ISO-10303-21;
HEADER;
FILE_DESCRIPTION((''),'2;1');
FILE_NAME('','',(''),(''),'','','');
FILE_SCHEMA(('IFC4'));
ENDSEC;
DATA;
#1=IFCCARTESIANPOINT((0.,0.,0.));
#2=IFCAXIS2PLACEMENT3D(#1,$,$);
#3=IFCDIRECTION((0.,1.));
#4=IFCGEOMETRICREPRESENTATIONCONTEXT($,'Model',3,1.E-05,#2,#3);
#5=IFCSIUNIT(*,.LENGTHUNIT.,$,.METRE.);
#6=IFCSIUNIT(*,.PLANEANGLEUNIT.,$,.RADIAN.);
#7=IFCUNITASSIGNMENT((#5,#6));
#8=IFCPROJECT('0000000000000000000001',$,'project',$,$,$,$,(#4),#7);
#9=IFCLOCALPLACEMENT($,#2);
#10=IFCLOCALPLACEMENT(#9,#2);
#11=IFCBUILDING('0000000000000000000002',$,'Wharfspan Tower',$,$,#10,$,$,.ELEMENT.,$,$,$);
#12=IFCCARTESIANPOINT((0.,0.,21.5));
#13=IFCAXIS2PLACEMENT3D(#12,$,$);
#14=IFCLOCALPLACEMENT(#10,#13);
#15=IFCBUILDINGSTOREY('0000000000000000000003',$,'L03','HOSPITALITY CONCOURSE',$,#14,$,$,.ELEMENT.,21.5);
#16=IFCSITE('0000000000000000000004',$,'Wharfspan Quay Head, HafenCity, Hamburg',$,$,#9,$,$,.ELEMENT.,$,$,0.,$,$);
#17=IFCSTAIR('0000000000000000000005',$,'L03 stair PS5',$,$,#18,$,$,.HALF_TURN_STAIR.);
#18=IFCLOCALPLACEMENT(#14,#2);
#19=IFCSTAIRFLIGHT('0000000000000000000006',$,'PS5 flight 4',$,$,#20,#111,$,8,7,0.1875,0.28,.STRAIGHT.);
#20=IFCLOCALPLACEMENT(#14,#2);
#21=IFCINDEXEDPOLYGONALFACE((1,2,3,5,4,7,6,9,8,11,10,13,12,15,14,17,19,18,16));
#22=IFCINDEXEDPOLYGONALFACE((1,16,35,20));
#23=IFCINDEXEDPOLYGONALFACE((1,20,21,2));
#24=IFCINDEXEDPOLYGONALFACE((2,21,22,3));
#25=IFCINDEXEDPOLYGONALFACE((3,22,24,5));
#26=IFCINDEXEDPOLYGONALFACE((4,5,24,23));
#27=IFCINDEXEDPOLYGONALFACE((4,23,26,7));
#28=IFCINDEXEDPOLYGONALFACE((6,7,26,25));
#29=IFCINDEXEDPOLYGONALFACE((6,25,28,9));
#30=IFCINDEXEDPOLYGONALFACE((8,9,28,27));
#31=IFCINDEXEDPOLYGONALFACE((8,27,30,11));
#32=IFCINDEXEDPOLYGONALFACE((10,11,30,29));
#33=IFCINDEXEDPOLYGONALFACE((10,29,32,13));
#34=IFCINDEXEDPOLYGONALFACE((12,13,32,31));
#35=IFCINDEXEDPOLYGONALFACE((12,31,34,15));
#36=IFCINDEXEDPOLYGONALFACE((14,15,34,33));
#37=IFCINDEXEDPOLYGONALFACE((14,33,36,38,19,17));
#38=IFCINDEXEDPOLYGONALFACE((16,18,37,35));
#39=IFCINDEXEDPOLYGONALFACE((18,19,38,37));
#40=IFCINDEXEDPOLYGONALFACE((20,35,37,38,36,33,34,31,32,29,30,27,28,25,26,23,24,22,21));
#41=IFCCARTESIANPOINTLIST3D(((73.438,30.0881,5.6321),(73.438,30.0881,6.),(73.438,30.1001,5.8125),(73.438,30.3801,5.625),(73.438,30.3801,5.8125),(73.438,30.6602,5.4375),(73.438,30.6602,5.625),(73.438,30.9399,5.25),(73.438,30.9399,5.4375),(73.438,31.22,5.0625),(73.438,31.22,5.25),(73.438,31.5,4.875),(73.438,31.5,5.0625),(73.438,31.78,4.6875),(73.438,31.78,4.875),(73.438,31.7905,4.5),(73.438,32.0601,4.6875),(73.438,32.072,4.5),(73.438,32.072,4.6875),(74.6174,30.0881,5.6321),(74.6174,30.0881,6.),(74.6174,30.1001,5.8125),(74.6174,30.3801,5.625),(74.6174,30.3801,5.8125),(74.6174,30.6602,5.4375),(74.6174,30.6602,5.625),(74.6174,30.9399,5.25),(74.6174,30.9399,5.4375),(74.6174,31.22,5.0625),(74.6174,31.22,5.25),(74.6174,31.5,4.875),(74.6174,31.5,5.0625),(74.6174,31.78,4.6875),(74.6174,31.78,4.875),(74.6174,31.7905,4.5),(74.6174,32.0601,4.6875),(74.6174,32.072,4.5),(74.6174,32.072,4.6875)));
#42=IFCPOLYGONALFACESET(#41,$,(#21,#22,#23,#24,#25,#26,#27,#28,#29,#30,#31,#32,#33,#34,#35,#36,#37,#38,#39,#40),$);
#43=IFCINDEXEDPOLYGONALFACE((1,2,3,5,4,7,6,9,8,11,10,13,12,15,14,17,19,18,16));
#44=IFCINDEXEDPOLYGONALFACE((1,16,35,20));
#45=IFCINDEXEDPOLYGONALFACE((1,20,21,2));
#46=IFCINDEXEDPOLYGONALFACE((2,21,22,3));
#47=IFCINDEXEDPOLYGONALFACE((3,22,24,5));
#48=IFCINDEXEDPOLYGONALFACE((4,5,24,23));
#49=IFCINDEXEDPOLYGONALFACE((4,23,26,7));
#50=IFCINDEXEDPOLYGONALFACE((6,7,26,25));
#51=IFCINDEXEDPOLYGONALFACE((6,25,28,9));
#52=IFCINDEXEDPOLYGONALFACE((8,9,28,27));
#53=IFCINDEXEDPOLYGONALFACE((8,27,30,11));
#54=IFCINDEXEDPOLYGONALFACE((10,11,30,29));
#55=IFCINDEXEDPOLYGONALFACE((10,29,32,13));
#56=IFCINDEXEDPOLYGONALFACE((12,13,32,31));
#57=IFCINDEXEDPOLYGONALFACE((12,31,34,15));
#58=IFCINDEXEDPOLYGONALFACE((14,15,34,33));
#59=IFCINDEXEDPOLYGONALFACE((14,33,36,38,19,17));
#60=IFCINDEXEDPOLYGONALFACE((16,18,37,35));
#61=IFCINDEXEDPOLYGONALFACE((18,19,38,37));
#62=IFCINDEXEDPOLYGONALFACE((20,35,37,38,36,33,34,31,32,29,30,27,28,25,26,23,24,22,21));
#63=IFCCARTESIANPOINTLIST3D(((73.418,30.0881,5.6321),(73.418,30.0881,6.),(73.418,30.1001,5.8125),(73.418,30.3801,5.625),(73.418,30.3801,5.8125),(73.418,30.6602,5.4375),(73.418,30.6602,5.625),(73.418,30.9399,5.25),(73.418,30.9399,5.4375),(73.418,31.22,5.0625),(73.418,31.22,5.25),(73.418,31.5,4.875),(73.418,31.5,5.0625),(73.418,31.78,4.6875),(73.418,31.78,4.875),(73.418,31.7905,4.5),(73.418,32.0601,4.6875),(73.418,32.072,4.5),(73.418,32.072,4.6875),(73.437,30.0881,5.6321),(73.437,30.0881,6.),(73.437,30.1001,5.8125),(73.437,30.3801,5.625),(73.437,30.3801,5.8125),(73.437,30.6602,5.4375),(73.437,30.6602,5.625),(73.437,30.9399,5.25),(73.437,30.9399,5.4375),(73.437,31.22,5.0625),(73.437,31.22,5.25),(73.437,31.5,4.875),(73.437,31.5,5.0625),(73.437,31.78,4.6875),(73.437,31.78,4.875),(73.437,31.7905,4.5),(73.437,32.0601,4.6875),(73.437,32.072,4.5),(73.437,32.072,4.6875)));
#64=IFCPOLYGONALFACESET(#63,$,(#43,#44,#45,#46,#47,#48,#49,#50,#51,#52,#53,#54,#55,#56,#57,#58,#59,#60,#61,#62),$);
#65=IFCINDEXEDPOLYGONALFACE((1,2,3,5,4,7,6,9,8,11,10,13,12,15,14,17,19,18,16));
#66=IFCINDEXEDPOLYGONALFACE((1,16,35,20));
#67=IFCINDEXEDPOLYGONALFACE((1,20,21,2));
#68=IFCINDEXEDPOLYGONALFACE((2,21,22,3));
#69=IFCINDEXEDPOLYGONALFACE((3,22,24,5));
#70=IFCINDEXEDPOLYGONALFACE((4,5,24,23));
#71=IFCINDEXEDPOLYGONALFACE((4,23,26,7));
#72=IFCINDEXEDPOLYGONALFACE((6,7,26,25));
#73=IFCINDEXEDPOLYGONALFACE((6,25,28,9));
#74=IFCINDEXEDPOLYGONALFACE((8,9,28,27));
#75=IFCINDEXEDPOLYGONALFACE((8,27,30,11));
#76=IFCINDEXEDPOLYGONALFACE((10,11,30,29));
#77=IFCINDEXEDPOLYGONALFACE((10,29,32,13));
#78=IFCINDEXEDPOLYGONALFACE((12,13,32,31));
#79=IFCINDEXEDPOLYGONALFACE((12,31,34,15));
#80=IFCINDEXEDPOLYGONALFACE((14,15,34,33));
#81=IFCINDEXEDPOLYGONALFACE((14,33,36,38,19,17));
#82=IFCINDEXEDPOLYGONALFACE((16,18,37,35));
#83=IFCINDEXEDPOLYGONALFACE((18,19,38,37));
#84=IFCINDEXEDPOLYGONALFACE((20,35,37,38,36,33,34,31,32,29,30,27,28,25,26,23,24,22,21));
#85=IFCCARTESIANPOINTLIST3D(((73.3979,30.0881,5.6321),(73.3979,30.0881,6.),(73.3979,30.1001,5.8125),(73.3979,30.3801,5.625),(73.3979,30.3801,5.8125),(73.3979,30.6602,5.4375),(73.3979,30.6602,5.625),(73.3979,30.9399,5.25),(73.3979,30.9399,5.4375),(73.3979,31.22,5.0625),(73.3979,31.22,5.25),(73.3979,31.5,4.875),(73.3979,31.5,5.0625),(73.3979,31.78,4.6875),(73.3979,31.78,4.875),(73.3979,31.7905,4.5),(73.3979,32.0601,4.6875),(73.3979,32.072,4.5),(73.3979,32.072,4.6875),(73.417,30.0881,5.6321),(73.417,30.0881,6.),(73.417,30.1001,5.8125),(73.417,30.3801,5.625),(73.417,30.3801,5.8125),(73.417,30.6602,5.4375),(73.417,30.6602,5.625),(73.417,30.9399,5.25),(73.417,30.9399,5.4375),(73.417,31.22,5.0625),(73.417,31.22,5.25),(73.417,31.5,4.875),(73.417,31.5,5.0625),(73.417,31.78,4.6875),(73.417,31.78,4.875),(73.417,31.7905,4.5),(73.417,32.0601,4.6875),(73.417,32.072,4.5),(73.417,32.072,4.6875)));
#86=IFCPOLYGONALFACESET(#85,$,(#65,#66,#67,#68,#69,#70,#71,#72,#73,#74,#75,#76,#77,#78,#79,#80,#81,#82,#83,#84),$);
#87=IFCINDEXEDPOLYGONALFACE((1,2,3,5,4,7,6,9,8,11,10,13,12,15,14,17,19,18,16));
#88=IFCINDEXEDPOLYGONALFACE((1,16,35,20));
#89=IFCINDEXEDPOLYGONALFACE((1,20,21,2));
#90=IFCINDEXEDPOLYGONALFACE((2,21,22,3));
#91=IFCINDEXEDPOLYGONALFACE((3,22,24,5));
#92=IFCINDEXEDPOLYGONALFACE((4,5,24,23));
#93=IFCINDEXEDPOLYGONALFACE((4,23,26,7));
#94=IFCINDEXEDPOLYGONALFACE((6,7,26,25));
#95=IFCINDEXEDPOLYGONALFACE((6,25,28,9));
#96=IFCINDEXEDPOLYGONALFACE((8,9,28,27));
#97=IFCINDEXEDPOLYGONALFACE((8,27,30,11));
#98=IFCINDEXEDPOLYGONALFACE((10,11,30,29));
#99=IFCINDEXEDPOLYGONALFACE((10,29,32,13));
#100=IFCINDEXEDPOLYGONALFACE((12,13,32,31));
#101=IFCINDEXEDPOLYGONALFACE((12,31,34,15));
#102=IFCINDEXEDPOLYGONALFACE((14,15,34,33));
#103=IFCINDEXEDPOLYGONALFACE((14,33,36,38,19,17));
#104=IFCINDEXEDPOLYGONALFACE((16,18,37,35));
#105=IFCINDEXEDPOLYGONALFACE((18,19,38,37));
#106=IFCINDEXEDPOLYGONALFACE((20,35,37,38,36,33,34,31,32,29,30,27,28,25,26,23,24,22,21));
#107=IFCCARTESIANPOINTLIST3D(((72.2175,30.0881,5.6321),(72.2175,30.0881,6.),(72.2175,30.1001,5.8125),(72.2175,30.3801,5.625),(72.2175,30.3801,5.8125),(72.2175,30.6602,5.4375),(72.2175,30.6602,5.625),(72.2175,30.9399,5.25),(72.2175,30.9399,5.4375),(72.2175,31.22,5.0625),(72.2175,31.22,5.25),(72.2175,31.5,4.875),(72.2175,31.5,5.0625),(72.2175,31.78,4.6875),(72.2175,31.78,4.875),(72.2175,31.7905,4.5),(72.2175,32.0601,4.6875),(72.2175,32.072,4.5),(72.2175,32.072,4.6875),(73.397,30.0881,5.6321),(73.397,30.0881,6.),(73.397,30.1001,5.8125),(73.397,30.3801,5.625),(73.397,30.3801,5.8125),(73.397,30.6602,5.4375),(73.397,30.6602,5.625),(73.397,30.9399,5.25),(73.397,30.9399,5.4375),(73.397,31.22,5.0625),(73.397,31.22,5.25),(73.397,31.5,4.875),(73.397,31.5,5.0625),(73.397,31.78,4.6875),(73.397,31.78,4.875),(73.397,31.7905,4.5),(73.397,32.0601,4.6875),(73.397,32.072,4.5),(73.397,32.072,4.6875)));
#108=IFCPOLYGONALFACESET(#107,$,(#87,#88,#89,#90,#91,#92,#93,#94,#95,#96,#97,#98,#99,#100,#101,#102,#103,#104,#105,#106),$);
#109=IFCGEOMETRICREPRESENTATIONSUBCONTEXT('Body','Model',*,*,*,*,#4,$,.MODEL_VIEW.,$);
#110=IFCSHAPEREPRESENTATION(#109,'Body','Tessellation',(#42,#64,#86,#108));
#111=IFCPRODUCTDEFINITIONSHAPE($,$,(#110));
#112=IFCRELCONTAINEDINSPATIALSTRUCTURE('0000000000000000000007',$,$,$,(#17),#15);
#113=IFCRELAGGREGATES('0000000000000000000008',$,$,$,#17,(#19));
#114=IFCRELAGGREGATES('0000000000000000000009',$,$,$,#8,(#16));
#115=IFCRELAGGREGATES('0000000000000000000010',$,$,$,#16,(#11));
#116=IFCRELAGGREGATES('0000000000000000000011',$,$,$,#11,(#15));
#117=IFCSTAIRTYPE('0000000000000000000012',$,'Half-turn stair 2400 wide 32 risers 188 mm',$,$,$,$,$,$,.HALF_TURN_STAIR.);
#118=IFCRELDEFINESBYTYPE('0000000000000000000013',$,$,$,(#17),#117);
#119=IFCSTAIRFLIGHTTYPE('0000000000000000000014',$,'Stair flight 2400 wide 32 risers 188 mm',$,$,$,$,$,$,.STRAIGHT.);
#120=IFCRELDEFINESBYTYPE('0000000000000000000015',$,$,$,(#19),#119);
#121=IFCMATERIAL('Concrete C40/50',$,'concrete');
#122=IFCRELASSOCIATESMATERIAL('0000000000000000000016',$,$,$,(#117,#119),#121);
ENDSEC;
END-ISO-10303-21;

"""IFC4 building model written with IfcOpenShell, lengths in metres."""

from ifc_helpers import new_model, si_unit, direction, frame, origin, place, context, subcontext, project, spatial, polyline, outline, extrude, material, type_object, element, aggregate, save


model = new_model("IFC4")

# Units and contexts
model_context = context("Model", 3, precision=1e-05, world=origin(), true_north=direction((0.0, 1.0)))
body_context = subcontext(model_context, "Body", "Model", "MODEL_VIEW")
ifc_project = project(units=[si_unit("LENGTHUNIT", "METRE"), si_unit("PLANEANGLEUNIT", "RADIAN")], contexts=[model_context])

# Site, building, storey
site_placement = place(None, origin())
site = spatial("IfcSite", under=ifc_project, at=site_placement, Name="Wharfspan Quay Head, HafenCity, Hamburg", CompositionType="ELEMENT", RefElevation=0.0)
building_placement = place(site_placement, origin())
building = spatial("IfcBuilding", under=site, at=building_placement, Name="Wharfspan Tower", CompositionType="ELEMENT")
storey_placement = place(building_placement, frame((0.0, 0.0, 21.5)))
storey = spatial("IfcBuildingStorey", under=building, at=storey_placement, Name="L03", Description="HOSPITALITY CONCOURSE", CompositionType="ELEMENT", Elevation=21.5)

# Shared definitions
ifc_material_1 = material(Name="Concrete C40/50", Category="concrete")

# Shared definitions
stair_type = type_object("IfcStairType", Name="Half-turn stair 2400 wide 32 risers 188 mm", PredefinedType="HALF_TURN_STAIR", material=ifc_material_1)
stair_flight_type = type_object("IfcStairFlightType", Name="Stair flight 2400 wide 32 risers 188 mm", PredefinedType="STRAIGHT", material=ifc_material_1)

# Stair, stair flight
stair_1_placement = place(storey_placement, origin())
stair_1 = element("IfcStair", 1, at=stair_1_placement, inside=storey, type_object=stair_type, Name="L03 stair PS5", PredefinedType="HALF_TURN_STAIR")
stair_flight_1_placement = place(storey_placement, frame((73.4175, 32.0601, 4.5), z_axis=(0.0, 0.0, 1.0), x_axis=(0.0, -1.0, 0.0)))
stair_flight_1 = element("IfcStairFlight", 2, at=stair_flight_1_placement, type_object=stair_flight_type, Name="PS5 flight 4", NumberOfRisers=8, NumberOfTreads=7, PredefinedType="STRAIGHT", RiserHeight=0.1875, TreadLength=0.28, context=body_context, shape_type="SweptSolid", body=[
    extrude(outline(polyline([(-0.012, 0.0), (-0.012, 0.1875), (0.0, 0.1875), (0.28, 0.1875), (0.28, 0.375), (0.5601, 0.375), (0.5601, 0.5625), (0.8401, 0.5625), (0.8401, 0.75), (1.1201, 0.75), (1.1201, 0.9375), (1.3999, 0.9375), (1.3999, 1.125), (1.6799, 1.125), (1.6799, 1.3125), (1.96, 1.3125), (1.9719, 1.5), (1.9719, 1.1321), (0.2695, 0.0), (-0.012, 0.0)])), frame((0.0, 1.2, 0.0), z_axis=(0.0, -1.0, 0.0), x_axis=(1.0, 0.0, 0.0)), (0.0, 0.0, 1.0), 1.1794),
    extrude(outline(polyline([(-0.012, 0.0), (-0.012, 0.1875), (0.0, 0.1875), (0.28, 0.1875), (0.28, 0.375), (0.5601, 0.375), (0.5601, 0.5625), (0.8401, 0.5625), (0.8401, 0.75), (1.1201, 0.75), (1.1201, 0.9375), (1.3999, 0.9375), (1.3999, 1.125), (1.6799, 1.125), (1.6799, 1.3125), (1.96, 1.3125), (1.9719, 1.5), (1.9719, 1.1321), (0.2695, 0.0), (-0.012, 0.0)])), frame((0.0, 0.0195, 0.0), z_axis=(0.0, -1.0, 0.0), x_axis=(1.0, 0.0, 0.0)), (0.0, 0.0, 1.0), 0.019),
    extrude(outline(polyline([(-0.012, 0.0), (-0.012, 0.1875), (0.0, 0.1875), (0.28, 0.1875), (0.28, 0.375), (0.5601, 0.375), (0.5601, 0.5625), (0.8401, 0.5625), (0.8401, 0.75), (1.1201, 0.75), (1.1201, 0.9375), (1.3999, 0.9375), (1.3999, 1.125), (1.6799, 1.125), (1.6799, 1.3125), (1.96, 1.3125), (1.9719, 1.5), (1.9719, 1.1321), (0.2695, 0.0), (-0.012, 0.0)])), frame((0.0, -0.0005, 0.0), z_axis=(0.0, -1.0, 0.0), x_axis=(1.0, 0.0, 0.0)), (0.0, 0.0, 1.0), 0.019),
    extrude(outline(polyline([(-0.012, 0.0), (-0.012, 0.1875), (0.0, 0.1875), (0.28, 0.1875), (0.28, 0.375), (0.5601, 0.375), (0.5601, 0.5625), (0.8401, 0.5625), (0.8401, 0.75), (1.1201, 0.75), (1.1201, 0.9375), (1.3999, 0.9375), (1.3999, 1.125), (1.6799, 1.125), (1.6799, 1.3125), (1.96, 1.3125), (1.9719, 1.5), (1.9719, 1.1321), (0.2695, 0.0), (-0.012, 0.0)])), frame((0.0, -0.0205, 0.0), z_axis=(0.0, -1.0, 0.0), x_axis=(1.0, 0.0, 0.0)), (0.0, 0.0, 1.0), 1.1794),
])
aggregate(stair_1, [stair_flight_1])

save(model, "model.ifc")
